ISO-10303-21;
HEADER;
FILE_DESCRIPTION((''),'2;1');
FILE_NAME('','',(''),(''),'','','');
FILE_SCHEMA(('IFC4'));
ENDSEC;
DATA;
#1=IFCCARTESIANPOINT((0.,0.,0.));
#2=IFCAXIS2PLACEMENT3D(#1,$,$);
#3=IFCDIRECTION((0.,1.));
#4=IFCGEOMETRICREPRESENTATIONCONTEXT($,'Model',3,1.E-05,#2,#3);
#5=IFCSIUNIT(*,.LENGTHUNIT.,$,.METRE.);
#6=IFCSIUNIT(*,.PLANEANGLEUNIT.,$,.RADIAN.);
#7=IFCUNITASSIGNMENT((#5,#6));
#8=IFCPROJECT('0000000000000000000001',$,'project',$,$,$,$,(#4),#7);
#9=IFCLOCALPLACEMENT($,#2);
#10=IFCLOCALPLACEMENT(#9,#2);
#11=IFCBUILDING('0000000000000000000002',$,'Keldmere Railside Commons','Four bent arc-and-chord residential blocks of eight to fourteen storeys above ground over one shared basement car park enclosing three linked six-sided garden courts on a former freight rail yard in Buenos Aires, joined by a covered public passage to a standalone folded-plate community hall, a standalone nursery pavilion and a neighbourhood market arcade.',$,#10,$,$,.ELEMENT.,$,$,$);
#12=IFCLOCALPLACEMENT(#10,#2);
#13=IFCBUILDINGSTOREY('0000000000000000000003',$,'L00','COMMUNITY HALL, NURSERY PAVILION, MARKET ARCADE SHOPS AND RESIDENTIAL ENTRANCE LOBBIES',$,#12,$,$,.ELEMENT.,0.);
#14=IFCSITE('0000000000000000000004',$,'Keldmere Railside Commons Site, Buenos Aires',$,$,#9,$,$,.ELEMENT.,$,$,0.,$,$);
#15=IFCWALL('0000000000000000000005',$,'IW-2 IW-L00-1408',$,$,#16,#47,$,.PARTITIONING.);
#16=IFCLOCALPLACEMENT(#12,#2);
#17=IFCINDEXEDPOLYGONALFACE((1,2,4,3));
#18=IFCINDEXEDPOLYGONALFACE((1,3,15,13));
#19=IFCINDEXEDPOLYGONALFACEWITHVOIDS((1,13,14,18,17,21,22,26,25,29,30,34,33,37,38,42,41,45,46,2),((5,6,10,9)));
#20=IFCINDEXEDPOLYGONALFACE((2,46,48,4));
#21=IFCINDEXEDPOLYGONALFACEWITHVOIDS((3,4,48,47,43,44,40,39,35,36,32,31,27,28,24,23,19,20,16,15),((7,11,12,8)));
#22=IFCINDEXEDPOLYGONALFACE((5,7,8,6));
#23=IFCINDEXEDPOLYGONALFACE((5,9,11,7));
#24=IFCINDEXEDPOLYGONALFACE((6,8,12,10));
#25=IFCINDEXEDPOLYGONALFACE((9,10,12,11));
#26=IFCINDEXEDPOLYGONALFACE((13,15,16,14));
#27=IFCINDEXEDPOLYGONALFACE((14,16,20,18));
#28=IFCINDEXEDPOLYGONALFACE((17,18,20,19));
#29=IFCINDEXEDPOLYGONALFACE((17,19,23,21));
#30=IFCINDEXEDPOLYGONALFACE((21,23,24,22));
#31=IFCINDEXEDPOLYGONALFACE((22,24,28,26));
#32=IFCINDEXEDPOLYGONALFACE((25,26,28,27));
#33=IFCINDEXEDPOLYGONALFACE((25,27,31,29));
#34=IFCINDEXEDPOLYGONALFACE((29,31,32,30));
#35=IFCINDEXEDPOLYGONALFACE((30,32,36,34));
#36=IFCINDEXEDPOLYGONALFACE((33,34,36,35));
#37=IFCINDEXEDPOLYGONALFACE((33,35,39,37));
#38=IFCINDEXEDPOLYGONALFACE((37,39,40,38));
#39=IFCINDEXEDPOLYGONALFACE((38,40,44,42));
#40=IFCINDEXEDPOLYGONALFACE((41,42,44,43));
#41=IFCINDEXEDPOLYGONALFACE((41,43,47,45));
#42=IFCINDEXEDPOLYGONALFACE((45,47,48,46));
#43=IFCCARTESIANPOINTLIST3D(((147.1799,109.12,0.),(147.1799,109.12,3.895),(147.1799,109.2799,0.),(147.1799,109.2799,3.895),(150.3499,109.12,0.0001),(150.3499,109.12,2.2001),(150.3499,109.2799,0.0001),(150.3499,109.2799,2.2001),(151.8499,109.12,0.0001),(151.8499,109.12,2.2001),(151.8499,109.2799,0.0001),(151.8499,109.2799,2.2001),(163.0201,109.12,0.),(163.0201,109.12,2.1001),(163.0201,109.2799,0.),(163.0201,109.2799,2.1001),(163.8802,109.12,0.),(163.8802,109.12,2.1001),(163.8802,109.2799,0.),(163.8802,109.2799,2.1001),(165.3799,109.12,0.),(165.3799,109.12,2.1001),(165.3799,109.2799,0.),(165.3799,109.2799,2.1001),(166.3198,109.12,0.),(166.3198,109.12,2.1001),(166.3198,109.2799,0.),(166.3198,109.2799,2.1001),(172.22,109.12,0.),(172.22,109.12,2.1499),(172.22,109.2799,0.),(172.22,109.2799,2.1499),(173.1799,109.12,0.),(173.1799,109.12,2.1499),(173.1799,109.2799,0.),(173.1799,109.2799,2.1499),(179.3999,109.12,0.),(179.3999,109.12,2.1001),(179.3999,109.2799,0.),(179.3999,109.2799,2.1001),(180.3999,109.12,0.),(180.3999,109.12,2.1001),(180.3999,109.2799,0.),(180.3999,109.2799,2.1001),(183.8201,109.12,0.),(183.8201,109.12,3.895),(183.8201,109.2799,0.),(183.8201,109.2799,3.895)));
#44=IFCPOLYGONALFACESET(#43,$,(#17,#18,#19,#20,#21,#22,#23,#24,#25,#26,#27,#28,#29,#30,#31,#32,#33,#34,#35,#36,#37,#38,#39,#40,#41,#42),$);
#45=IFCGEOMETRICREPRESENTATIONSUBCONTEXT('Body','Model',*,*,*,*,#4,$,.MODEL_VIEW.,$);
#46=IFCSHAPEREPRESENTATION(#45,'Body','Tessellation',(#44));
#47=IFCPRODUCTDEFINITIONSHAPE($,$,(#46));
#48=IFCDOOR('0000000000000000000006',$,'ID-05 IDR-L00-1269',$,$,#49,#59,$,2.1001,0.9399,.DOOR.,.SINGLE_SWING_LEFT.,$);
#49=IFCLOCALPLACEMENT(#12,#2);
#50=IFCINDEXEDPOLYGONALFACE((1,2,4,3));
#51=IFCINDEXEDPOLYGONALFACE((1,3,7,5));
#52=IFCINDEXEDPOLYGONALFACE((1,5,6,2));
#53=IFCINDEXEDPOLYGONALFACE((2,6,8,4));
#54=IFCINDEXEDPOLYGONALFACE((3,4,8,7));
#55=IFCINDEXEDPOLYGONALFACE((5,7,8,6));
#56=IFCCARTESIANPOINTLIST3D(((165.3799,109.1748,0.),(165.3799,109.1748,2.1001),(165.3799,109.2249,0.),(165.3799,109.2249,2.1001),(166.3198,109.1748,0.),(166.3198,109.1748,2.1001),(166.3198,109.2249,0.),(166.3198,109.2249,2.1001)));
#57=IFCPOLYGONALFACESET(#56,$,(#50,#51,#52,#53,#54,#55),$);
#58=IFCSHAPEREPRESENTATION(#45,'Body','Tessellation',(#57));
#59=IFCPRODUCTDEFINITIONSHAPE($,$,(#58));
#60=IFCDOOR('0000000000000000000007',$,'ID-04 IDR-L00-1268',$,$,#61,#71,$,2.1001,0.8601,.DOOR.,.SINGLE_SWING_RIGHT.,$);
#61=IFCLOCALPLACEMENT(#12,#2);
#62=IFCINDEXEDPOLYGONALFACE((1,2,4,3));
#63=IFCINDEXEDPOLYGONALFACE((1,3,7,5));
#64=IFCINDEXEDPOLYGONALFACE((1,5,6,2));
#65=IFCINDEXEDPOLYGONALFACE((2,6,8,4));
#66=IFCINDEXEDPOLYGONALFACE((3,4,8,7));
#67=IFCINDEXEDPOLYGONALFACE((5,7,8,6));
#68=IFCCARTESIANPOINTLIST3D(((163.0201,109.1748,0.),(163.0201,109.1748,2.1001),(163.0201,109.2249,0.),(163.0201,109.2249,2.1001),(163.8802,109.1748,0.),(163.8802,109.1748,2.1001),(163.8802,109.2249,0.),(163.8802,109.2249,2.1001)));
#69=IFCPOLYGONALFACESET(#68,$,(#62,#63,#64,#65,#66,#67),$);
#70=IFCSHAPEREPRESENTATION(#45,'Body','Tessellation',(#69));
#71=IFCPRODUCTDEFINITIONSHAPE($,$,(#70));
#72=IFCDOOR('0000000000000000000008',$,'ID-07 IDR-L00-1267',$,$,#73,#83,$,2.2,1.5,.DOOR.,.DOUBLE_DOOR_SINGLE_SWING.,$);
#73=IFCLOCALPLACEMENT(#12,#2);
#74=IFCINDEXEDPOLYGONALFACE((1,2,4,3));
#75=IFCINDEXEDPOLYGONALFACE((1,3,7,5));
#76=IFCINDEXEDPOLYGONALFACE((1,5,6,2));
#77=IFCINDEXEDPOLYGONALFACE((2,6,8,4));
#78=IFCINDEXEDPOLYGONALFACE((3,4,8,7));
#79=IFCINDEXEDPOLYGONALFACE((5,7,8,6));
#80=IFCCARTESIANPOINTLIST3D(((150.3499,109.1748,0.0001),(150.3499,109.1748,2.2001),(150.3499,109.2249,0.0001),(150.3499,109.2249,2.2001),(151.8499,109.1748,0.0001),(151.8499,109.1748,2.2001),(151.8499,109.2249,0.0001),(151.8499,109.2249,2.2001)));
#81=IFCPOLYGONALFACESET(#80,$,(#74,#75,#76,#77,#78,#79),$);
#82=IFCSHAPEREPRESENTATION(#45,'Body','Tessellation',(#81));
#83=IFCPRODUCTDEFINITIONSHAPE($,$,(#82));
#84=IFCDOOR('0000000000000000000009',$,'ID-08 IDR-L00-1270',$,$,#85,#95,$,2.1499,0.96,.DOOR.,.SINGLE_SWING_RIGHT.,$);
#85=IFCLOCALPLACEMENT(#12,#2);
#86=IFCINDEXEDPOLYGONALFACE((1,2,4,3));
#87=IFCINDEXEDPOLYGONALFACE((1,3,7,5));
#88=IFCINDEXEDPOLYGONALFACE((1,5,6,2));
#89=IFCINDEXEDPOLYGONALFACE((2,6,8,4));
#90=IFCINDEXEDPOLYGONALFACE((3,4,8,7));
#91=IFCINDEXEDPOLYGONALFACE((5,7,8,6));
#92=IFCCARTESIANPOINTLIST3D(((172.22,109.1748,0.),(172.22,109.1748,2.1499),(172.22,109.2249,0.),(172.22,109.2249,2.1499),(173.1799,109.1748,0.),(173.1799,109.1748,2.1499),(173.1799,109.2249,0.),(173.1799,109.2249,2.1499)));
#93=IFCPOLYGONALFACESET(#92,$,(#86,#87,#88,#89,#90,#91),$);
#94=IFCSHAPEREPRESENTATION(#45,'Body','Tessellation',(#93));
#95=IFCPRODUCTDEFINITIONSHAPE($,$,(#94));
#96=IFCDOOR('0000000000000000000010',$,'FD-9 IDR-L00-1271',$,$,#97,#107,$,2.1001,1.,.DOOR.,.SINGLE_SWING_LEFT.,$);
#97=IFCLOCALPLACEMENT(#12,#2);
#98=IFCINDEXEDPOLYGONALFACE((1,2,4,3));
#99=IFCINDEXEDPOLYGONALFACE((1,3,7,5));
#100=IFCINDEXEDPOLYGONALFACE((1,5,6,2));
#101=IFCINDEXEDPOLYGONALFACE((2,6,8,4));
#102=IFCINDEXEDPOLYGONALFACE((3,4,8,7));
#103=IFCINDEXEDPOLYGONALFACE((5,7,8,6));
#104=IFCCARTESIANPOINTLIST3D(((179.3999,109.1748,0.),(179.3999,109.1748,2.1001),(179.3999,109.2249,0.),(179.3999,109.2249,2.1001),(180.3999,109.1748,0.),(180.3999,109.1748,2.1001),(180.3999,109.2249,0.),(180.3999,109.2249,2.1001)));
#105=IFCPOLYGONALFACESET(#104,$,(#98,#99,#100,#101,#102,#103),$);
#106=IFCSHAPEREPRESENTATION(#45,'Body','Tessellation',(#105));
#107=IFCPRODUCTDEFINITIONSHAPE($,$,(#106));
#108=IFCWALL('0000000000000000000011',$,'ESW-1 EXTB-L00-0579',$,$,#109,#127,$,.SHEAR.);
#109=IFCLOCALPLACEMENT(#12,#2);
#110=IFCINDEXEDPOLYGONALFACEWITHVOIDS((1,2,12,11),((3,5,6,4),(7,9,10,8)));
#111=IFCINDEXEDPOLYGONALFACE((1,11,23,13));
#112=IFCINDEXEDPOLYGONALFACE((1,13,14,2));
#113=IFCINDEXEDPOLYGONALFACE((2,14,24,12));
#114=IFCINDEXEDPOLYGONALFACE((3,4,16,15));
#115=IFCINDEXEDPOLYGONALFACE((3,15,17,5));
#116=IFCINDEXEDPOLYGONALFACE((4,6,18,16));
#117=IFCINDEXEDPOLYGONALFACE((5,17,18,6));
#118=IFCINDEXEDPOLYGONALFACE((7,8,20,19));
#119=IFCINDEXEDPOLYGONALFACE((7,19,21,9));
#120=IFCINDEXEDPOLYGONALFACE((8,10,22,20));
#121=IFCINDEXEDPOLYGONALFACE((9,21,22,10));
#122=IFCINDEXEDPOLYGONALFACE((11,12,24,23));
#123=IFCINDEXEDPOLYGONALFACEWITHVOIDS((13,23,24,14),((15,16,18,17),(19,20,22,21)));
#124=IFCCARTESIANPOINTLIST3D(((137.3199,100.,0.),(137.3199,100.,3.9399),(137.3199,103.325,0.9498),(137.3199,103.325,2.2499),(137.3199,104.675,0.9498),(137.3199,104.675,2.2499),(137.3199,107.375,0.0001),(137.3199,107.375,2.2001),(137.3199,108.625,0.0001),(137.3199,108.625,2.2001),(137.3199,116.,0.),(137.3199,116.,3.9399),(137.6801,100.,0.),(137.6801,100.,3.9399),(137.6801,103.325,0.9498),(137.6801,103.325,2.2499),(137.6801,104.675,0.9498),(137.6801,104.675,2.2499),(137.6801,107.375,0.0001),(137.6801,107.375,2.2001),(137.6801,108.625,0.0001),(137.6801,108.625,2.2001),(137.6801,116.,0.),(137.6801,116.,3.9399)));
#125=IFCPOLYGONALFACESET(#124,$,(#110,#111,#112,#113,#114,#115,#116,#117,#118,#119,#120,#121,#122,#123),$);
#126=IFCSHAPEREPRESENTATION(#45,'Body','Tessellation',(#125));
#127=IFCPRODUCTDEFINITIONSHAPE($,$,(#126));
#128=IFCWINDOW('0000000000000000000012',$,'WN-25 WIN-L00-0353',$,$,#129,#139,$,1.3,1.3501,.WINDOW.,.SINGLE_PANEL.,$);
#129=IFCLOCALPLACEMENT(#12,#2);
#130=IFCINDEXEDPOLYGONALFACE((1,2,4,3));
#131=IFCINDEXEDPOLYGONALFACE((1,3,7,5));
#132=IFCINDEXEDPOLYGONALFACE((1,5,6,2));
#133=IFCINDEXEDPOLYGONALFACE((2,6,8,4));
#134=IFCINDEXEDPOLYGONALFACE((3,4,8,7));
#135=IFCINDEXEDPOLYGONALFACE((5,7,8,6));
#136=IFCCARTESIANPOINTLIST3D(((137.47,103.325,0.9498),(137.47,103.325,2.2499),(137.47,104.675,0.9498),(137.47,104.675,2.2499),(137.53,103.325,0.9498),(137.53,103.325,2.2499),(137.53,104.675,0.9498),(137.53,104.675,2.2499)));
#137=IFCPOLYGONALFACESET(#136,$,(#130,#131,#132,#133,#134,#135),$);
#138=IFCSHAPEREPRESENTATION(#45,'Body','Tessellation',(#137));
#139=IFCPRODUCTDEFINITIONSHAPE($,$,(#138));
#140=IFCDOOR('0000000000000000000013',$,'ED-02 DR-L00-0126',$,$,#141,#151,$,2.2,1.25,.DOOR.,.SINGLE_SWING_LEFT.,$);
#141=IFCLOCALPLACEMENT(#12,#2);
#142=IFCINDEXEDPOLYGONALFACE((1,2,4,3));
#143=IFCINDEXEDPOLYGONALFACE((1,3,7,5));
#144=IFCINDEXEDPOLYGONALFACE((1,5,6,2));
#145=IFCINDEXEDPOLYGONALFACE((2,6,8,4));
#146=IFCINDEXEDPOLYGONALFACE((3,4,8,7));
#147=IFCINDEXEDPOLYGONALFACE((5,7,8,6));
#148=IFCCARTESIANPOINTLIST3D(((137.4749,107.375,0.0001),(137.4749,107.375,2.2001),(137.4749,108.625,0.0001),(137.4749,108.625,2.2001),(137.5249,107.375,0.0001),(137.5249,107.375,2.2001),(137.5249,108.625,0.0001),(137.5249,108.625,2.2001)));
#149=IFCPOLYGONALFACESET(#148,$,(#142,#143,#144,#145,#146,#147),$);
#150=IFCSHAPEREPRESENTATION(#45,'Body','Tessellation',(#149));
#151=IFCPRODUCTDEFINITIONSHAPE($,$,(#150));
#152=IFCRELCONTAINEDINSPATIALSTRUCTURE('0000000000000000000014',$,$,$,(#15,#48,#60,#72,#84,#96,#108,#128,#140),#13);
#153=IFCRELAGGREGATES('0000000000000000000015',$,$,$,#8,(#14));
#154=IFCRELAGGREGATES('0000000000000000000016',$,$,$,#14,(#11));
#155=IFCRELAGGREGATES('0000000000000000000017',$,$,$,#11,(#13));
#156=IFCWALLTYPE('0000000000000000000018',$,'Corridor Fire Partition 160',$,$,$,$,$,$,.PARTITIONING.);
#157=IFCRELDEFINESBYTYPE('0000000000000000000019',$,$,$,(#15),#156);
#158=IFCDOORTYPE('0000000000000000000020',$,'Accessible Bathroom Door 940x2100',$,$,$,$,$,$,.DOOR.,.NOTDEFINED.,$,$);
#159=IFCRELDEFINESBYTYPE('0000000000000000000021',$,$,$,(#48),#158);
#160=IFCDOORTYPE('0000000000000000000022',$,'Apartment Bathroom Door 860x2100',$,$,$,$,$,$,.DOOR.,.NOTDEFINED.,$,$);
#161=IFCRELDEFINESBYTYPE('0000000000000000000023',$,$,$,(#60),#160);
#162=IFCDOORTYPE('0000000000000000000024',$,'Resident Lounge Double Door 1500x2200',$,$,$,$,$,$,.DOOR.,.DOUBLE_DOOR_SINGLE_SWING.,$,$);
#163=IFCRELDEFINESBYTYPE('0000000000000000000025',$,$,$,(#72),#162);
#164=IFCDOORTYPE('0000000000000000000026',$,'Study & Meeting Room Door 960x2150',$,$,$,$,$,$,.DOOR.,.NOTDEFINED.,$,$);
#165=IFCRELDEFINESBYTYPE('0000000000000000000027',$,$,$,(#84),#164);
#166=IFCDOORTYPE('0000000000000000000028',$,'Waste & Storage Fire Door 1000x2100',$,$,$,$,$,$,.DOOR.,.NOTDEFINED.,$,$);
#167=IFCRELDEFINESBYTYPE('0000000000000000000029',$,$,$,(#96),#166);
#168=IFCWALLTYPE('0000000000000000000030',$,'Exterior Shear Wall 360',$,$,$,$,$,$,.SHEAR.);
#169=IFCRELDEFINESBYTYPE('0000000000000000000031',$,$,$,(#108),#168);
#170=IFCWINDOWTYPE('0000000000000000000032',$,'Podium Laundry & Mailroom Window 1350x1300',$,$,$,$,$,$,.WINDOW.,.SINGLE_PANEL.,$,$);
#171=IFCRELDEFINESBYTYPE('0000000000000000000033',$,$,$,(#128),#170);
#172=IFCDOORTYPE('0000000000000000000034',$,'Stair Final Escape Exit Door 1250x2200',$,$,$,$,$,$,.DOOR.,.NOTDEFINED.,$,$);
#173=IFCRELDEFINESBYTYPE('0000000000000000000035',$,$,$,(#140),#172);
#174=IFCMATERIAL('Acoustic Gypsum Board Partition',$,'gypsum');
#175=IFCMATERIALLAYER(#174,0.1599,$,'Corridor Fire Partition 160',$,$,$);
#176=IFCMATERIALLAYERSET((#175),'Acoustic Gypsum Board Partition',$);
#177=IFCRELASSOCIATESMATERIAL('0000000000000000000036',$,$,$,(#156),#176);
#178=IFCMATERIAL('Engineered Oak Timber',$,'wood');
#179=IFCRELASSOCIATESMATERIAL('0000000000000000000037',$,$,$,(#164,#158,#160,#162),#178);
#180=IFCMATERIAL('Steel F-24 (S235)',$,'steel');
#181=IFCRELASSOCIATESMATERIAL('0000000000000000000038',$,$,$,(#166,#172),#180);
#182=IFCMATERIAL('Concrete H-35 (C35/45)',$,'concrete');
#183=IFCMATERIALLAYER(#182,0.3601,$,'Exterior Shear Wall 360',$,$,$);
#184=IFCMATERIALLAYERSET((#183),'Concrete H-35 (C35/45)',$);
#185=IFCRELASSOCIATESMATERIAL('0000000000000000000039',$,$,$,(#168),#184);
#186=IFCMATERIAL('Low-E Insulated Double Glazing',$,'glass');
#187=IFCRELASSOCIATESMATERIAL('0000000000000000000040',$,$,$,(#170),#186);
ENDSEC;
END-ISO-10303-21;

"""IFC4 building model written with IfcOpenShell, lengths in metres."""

from ifc_helpers import new_model, si_unit, direction, frame, frame_2d, origin, place, context, subcontext, project, spatial, rectangle, extrude, material, layer, layer_set, type_object, element, fill, save


model = new_model("IFC4")

# Units and contexts
model_context = context("Model", 3, precision=1e-05, world=origin(), true_north=direction((0.0, 1.0)))
body_context = subcontext(model_context, "Body", "Model", "MODEL_VIEW")
ifc_project = project(units=[si_unit("LENGTHUNIT", "METRE"), si_unit("PLANEANGLEUNIT", "RADIAN")], contexts=[model_context])

# Site, building, storey
site_placement = place(None, origin())
site = spatial("IfcSite", under=ifc_project, at=site_placement, Name="Keldmere Railside Commons Site, Buenos Aires", CompositionType="ELEMENT", RefElevation=0.0)
building_placement = place(site_placement, origin())
building = spatial("IfcBuilding", under=site, at=building_placement, Name="Keldmere Railside Commons", Description="Four bent arc-and-chord residential blocks of eight to fourteen storeys above ground over one shared basement car park enclosing three linked six-sided garden courts on a former freight rail yard in Buenos Aires, joined by a covered public passage to a standalone folded-plate community hall, a standalone nursery pavilion and a neighbourhood market arcade.", CompositionType="ELEMENT")
storey_placement = place(building_placement, origin())
storey = spatial("IfcBuildingStorey", under=building, at=storey_placement, Name="L00", Description="COMMUNITY HALL, NURSERY PAVILION, MARKET ARCADE SHOPS AND RESIDENTIAL ENTRANCE LOBBIES", CompositionType="ELEMENT", Elevation=0.0)

# Wall, openings, doors
ifc_material_1 = material(Name="Acoustic Gypsum Board Partition", Category="gypsum")
ifc_layer_1 = layer(ifc_material_1, 0.1599, Name="Corridor Fire Partition 160")
ifc_layer_set_1 = layer_set([ifc_layer_1], Name="Acoustic Gypsum Board Partition")
wall_type_1 = type_object("IfcWallType", Name="Corridor Fire Partition 160", PredefinedType="PARTITIONING", material=ifc_layer_set_1)
ifc_material_2 = material(Name="Steel F-24 (S235)", Category="steel")
ifc_material_3 = material(Name="Engineered Oak Timber", Category="wood")
door_type_1 = type_object("IfcDoorType", Name="Study & Meeting Room Door 960x2150", OperationType="NOTDEFINED", PredefinedType="DOOR", material=ifc_material_3)
wall_1_placement = place(storey_placement, frame((147.1799, 109.2, 0.0), z_axis=(0.0, 0.0, 1.0), x_axis=(1.0, 0.0, 0.0)))
wall_1 = element("IfcWall", 1, at=wall_1_placement, inside=storey, type_object=wall_type_1, Name="IW-2 IW-L00-1408", PredefinedType="PARTITIONING", context=body_context, shape_type="SweptSolid", body=[
    extrude(rectangle(XDim=36.6401, YDim=0.1599, at=frame_2d((18.3201, 0.0))), origin(), (0.0, 0.0, 1.0), 3.895),
])
opening_1_placement = place(wall_1_placement, frame((3.1699, 0.0, 0.0)))
opening_1 = element("IfcOpeningElement", 2, at=opening_1_placement, cuts=wall_1, PredefinedType="OPENING", context=body_context, shape_type="SweptSolid", body=[
    extrude(rectangle(XDim=1.5, YDim=2.2, at=frame_2d((0.75, 1.1001))), frame((0.0, 0.0898, 0.0), z_axis=(0.0, -1.0, 0.0), x_axis=(1.0, 0.0, 0.0)), (0.0, 0.0, 1.0), 0.1799),
])
opening_2_placement = place(wall_1_placement, frame((15.8401, 0.0, 0.0)))
opening_2 = element("IfcOpeningElement", 3, at=opening_2_placement, cuts=wall_1, PredefinedType="OPENING", context=body_context, shape_type="SweptSolid", body=[
    extrude(rectangle(XDim=0.8601, YDim=2.1001, at=frame_2d((0.4302, 1.05))), frame((0.0, 0.0898, 0.0), z_axis=(0.0, -1.0, 0.0), x_axis=(1.0, 0.0, 0.0)), (0.0, 0.0, 1.0), 0.1799),
])
opening_3_placement = place(wall_1_placement, frame((18.2, 0.0, 0.0)))
opening_3 = element("IfcOpeningElement", 4, at=opening_3_placement, cuts=wall_1, PredefinedType="OPENING", context=body_context, shape_type="SweptSolid", body=[
    extrude(rectangle(XDim=0.9399, YDim=2.1001, at=frame_2d((0.47, 1.05))), frame((0.0, 0.0898, 0.0), z_axis=(0.0, -1.0, 0.0), x_axis=(1.0, 0.0, 0.0)), (0.0, 0.0, 1.0), 0.1799),
])
opening_4_placement = place(wall_1_placement, frame((25.04, 0.0, 0.0)))
opening_4 = element("IfcOpeningElement", 5, at=opening_4_placement, cuts=wall_1, PredefinedType="OPENING", context=body_context, shape_type="SweptSolid", body=[
    extrude(rectangle(XDim=0.96, YDim=2.1499, at=frame_2d((0.48, 1.075))), frame((0.0, 0.0898, 0.0), z_axis=(0.0, -1.0, 0.0), x_axis=(1.0, 0.0, 0.0)), (0.0, 0.0, 1.0), 0.1799),
])
opening_5_placement = place(wall_1_placement, frame((32.22, 0.0, 0.0)))
opening_5 = element("IfcOpeningElement", 6, at=opening_5_placement, cuts=wall_1, PredefinedType="OPENING", context=body_context, shape_type="SweptSolid", body=[
    extrude(rectangle(XDim=1.0, YDim=2.1001, at=frame_2d((0.5, 1.05))), frame((0.0, 0.0898, 0.0), z_axis=(0.0, -1.0, 0.0), x_axis=(1.0, 0.0, 0.0)), (0.0, 0.0, 1.0), 0.1799),
])
door_type_2 = type_object("IfcDoorType", Name="Accessible Bathroom Door 940x2100", OperationType="NOTDEFINED", PredefinedType="DOOR", material=ifc_material_3)
door_1_placement = place(opening_3_placement, origin())
door_1 = element("IfcDoor", 7, at=door_1_placement, inside=storey, type_object=door_type_2, Name="ID-05 IDR-L00-1269", OperationType="SINGLE_SWING_LEFT", OverallHeight=2.1001, OverallWidth=0.9399, PredefinedType="DOOR", context=body_context, shape_type="SweptSolid", body=[
    extrude(rectangle(XDim=0.9399, YDim=2.1001, at=frame_2d((0.47, 1.05))), frame((0.0, 0.0249, 0.0), z_axis=(0.0, -1.0, 0.0), x_axis=(1.0, 0.0, 0.0)), (0.0, 0.0, 1.0), 0.05),
])
fill(opening_3, door_1)
door_type_3 = type_object("IfcDoorType", Name="Apartment Bathroom Door 860x2100", OperationType="NOTDEFINED", PredefinedType="DOOR", material=ifc_material_3)
door_2_placement = place(opening_2_placement, origin())
door_2 = element("IfcDoor", 8, at=door_2_placement, inside=storey, type_object=door_type_3, Name="ID-04 IDR-L00-1268", OperationType="SINGLE_SWING_RIGHT", OverallHeight=2.1001, OverallWidth=0.8601, PredefinedType="DOOR", context=body_context, shape_type="SweptSolid", body=[
    extrude(rectangle(XDim=0.8601, YDim=2.1001, at=frame_2d((0.4302, 1.05))), frame((0.0, 0.0249, 0.0), z_axis=(0.0, -1.0, 0.0), x_axis=(1.0, 0.0, 0.0)), (0.0, 0.0, 1.0), 0.05),
])
fill(opening_2, door_2)
door_type_4 = type_object("IfcDoorType", Name="Resident Lounge Double Door 1500x2200", OperationType="DOUBLE_DOOR_SINGLE_SWING", PredefinedType="DOOR", material=ifc_material_3)
door_3_placement = place(opening_1_placement, origin())
door_3 = element("IfcDoor", 9, at=door_3_placement, inside=storey, type_object=door_type_4, Name="ID-07 IDR-L00-1267", OperationType="DOUBLE_DOOR_SINGLE_SWING", OverallHeight=2.2, OverallWidth=1.5, PredefinedType="DOOR", context=body_context, shape_type="SweptSolid", body=[
    extrude(rectangle(XDim=1.5, YDim=2.2, at=frame_2d((0.75, 1.1001))), frame((0.0, 0.0249, 0.0), z_axis=(0.0, -1.0, 0.0), x_axis=(1.0, 0.0, 0.0)), (0.0, 0.0, 1.0), 0.05),
])
fill(opening_1, door_3)
door_4_placement = place(opening_4_placement, origin())
door_4 = element("IfcDoor", 10, at=door_4_placement, inside=storey, type_object=door_type_1, Name="ID-08 IDR-L00-1270", OperationType="SINGLE_SWING_RIGHT", OverallHeight=2.1499, OverallWidth=0.96, PredefinedType="DOOR", context=body_context, shape_type="SweptSolid", body=[
    extrude(rectangle(XDim=0.96, YDim=2.1499, at=frame_2d((0.48, 1.075))), frame((0.0, 0.0249, 0.0), z_axis=(0.0, -1.0, 0.0), x_axis=(1.0, 0.0, 0.0)), (0.0, 0.0, 1.0), 0.05),
])
fill(opening_4, door_4)
door_type_5 = type_object("IfcDoorType", Name="Waste & Storage Fire Door 1000x2100", OperationType="NOTDEFINED", PredefinedType="DOOR", material=ifc_material_2)
door_5_placement = place(opening_5_placement, origin())
door_5 = element("IfcDoor", 11, at=door_5_placement, inside=storey, type_object=door_type_5, Name="FD-9 IDR-L00-1271", OperationType="SINGLE_SWING_LEFT", OverallHeight=2.1001, OverallWidth=1.0, PredefinedType="DOOR", context=body_context, shape_type="SweptSolid", body=[
    extrude(rectangle(XDim=1.0, YDim=2.1001, at=frame_2d((0.5, 1.05))), frame((0.0, 0.0249, 0.0), z_axis=(0.0, -1.0, 0.0), x_axis=(1.0, 0.0, 0.0)), (0.0, 0.0, 1.0), 0.05),
])
fill(opening_5, door_5)

# Wall, openings, window, door
ifc_material_4 = material(Name="Concrete H-35 (C35/45)", Category="concrete")
ifc_layer_2 = layer(ifc_material_4, 0.3601, Name="Exterior Shear Wall 360")
ifc_layer_set_2 = layer_set([ifc_layer_2], Name="Concrete H-35 (C35/45)")
wall_type_2 = type_object("IfcWallType", Name="Exterior Shear Wall 360", PredefinedType="SHEAR", material=ifc_layer_set_2)
wall_2_placement = place(storey_placement, frame((137.5, 116.0, 0.0), z_axis=(0.0, 0.0, 1.0), x_axis=(0.0, -1.0, 0.0)))
wall_2 = element("IfcWall", 12, at=wall_2_placement, inside=storey, type_object=wall_type_2, Name="ESW-1 EXTB-L00-0579", PredefinedType="SHEAR", context=body_context, shape_type="SweptSolid", body=[
    extrude(rectangle(XDim=16.0, YDim=0.3601, at=frame_2d((8.0, 0.0))), origin(), (0.0, 0.0, 1.0), 3.9399),
])
opening_6_placement = place(wall_2_placement, frame((7.375, 0.0, 0.0)))
opening_6 = element("IfcOpeningElement", 13, at=opening_6_placement, cuts=wall_2, PredefinedType="OPENING", context=body_context, shape_type="SweptSolid", body=[
    extrude(rectangle(XDim=1.25, YDim=2.2, at=frame_2d((0.625, 1.1001))), frame((0.0, 0.1899, 0.0), z_axis=(0.0, -1.0, 0.0), x_axis=(1.0, 0.0, 0.0)), (0.0, 0.0, 1.0), 0.3801),
])
opening_7_placement = place(wall_2_placement, frame((11.325, 0.0, 0.95)))
opening_7 = element("IfcOpeningElement", 14, at=opening_7_placement, cuts=wall_2, PredefinedType="OPENING", context=body_context, shape_type="SweptSolid", body=[
    extrude(rectangle(XDim=1.3501, YDim=1.3, at=frame_2d((0.675, 0.6499))), frame((0.0, 0.1899, 0.0), z_axis=(0.0, -1.0, 0.0), x_axis=(1.0, 0.0, 0.0)), (0.0, 0.0, 1.0), 0.3801),
])
ifc_material_5 = material(Name="Low-E Insulated Double Glazing", Category="glass")
window_type_1 = type_object("IfcWindowType", Name="Podium Laundry & Mailroom Window 1350x1300", PartitioningType="SINGLE_PANEL", PredefinedType="WINDOW", material=ifc_material_5)
window_1_placement = place(opening_7_placement, origin())
window_1 = element("IfcWindow", 15, at=window_1_placement, inside=storey, type_object=window_type_1, Name="WN-25 WIN-L00-0353", OverallHeight=1.3, OverallWidth=1.3501, PartitioningType="SINGLE_PANEL", PredefinedType="WINDOW", context=body_context, shape_type="SweptSolid", body=[
    extrude(rectangle(XDim=1.3501, YDim=1.3, at=frame_2d((0.675, 0.6499))), frame((0.0, 0.03, 0.0), z_axis=(0.0, -1.0, 0.0), x_axis=(1.0, 0.0, 0.0)), (0.0, 0.0, 1.0), 0.0601),
])
fill(opening_7, window_1)
door_type_6 = type_object("IfcDoorType", Name="Stair Final Escape Exit Door 1250x2200", OperationType="NOTDEFINED", PredefinedType="DOOR", material=ifc_material_2)
door_6_placement = place(opening_6_placement, origin())
door_6 = element("IfcDoor", 16, at=door_6_placement, inside=storey, type_object=door_type_6, Name="ED-02 DR-L00-0126", OperationType="SINGLE_SWING_LEFT", OverallHeight=2.2, OverallWidth=1.25, PredefinedType="DOOR", context=body_context, shape_type="SweptSolid", body=[
    extrude(rectangle(XDim=1.25, YDim=2.2, at=frame_2d((0.625, 1.1001))), frame((0.0, 0.0249, 0.0), z_axis=(0.0, -1.0, 0.0), x_axis=(1.0, 0.0, 0.0)), (0.0, 0.0, 1.0), 0.05),
])
fill(opening_6, door_6)

save(model, "model.ifc")
